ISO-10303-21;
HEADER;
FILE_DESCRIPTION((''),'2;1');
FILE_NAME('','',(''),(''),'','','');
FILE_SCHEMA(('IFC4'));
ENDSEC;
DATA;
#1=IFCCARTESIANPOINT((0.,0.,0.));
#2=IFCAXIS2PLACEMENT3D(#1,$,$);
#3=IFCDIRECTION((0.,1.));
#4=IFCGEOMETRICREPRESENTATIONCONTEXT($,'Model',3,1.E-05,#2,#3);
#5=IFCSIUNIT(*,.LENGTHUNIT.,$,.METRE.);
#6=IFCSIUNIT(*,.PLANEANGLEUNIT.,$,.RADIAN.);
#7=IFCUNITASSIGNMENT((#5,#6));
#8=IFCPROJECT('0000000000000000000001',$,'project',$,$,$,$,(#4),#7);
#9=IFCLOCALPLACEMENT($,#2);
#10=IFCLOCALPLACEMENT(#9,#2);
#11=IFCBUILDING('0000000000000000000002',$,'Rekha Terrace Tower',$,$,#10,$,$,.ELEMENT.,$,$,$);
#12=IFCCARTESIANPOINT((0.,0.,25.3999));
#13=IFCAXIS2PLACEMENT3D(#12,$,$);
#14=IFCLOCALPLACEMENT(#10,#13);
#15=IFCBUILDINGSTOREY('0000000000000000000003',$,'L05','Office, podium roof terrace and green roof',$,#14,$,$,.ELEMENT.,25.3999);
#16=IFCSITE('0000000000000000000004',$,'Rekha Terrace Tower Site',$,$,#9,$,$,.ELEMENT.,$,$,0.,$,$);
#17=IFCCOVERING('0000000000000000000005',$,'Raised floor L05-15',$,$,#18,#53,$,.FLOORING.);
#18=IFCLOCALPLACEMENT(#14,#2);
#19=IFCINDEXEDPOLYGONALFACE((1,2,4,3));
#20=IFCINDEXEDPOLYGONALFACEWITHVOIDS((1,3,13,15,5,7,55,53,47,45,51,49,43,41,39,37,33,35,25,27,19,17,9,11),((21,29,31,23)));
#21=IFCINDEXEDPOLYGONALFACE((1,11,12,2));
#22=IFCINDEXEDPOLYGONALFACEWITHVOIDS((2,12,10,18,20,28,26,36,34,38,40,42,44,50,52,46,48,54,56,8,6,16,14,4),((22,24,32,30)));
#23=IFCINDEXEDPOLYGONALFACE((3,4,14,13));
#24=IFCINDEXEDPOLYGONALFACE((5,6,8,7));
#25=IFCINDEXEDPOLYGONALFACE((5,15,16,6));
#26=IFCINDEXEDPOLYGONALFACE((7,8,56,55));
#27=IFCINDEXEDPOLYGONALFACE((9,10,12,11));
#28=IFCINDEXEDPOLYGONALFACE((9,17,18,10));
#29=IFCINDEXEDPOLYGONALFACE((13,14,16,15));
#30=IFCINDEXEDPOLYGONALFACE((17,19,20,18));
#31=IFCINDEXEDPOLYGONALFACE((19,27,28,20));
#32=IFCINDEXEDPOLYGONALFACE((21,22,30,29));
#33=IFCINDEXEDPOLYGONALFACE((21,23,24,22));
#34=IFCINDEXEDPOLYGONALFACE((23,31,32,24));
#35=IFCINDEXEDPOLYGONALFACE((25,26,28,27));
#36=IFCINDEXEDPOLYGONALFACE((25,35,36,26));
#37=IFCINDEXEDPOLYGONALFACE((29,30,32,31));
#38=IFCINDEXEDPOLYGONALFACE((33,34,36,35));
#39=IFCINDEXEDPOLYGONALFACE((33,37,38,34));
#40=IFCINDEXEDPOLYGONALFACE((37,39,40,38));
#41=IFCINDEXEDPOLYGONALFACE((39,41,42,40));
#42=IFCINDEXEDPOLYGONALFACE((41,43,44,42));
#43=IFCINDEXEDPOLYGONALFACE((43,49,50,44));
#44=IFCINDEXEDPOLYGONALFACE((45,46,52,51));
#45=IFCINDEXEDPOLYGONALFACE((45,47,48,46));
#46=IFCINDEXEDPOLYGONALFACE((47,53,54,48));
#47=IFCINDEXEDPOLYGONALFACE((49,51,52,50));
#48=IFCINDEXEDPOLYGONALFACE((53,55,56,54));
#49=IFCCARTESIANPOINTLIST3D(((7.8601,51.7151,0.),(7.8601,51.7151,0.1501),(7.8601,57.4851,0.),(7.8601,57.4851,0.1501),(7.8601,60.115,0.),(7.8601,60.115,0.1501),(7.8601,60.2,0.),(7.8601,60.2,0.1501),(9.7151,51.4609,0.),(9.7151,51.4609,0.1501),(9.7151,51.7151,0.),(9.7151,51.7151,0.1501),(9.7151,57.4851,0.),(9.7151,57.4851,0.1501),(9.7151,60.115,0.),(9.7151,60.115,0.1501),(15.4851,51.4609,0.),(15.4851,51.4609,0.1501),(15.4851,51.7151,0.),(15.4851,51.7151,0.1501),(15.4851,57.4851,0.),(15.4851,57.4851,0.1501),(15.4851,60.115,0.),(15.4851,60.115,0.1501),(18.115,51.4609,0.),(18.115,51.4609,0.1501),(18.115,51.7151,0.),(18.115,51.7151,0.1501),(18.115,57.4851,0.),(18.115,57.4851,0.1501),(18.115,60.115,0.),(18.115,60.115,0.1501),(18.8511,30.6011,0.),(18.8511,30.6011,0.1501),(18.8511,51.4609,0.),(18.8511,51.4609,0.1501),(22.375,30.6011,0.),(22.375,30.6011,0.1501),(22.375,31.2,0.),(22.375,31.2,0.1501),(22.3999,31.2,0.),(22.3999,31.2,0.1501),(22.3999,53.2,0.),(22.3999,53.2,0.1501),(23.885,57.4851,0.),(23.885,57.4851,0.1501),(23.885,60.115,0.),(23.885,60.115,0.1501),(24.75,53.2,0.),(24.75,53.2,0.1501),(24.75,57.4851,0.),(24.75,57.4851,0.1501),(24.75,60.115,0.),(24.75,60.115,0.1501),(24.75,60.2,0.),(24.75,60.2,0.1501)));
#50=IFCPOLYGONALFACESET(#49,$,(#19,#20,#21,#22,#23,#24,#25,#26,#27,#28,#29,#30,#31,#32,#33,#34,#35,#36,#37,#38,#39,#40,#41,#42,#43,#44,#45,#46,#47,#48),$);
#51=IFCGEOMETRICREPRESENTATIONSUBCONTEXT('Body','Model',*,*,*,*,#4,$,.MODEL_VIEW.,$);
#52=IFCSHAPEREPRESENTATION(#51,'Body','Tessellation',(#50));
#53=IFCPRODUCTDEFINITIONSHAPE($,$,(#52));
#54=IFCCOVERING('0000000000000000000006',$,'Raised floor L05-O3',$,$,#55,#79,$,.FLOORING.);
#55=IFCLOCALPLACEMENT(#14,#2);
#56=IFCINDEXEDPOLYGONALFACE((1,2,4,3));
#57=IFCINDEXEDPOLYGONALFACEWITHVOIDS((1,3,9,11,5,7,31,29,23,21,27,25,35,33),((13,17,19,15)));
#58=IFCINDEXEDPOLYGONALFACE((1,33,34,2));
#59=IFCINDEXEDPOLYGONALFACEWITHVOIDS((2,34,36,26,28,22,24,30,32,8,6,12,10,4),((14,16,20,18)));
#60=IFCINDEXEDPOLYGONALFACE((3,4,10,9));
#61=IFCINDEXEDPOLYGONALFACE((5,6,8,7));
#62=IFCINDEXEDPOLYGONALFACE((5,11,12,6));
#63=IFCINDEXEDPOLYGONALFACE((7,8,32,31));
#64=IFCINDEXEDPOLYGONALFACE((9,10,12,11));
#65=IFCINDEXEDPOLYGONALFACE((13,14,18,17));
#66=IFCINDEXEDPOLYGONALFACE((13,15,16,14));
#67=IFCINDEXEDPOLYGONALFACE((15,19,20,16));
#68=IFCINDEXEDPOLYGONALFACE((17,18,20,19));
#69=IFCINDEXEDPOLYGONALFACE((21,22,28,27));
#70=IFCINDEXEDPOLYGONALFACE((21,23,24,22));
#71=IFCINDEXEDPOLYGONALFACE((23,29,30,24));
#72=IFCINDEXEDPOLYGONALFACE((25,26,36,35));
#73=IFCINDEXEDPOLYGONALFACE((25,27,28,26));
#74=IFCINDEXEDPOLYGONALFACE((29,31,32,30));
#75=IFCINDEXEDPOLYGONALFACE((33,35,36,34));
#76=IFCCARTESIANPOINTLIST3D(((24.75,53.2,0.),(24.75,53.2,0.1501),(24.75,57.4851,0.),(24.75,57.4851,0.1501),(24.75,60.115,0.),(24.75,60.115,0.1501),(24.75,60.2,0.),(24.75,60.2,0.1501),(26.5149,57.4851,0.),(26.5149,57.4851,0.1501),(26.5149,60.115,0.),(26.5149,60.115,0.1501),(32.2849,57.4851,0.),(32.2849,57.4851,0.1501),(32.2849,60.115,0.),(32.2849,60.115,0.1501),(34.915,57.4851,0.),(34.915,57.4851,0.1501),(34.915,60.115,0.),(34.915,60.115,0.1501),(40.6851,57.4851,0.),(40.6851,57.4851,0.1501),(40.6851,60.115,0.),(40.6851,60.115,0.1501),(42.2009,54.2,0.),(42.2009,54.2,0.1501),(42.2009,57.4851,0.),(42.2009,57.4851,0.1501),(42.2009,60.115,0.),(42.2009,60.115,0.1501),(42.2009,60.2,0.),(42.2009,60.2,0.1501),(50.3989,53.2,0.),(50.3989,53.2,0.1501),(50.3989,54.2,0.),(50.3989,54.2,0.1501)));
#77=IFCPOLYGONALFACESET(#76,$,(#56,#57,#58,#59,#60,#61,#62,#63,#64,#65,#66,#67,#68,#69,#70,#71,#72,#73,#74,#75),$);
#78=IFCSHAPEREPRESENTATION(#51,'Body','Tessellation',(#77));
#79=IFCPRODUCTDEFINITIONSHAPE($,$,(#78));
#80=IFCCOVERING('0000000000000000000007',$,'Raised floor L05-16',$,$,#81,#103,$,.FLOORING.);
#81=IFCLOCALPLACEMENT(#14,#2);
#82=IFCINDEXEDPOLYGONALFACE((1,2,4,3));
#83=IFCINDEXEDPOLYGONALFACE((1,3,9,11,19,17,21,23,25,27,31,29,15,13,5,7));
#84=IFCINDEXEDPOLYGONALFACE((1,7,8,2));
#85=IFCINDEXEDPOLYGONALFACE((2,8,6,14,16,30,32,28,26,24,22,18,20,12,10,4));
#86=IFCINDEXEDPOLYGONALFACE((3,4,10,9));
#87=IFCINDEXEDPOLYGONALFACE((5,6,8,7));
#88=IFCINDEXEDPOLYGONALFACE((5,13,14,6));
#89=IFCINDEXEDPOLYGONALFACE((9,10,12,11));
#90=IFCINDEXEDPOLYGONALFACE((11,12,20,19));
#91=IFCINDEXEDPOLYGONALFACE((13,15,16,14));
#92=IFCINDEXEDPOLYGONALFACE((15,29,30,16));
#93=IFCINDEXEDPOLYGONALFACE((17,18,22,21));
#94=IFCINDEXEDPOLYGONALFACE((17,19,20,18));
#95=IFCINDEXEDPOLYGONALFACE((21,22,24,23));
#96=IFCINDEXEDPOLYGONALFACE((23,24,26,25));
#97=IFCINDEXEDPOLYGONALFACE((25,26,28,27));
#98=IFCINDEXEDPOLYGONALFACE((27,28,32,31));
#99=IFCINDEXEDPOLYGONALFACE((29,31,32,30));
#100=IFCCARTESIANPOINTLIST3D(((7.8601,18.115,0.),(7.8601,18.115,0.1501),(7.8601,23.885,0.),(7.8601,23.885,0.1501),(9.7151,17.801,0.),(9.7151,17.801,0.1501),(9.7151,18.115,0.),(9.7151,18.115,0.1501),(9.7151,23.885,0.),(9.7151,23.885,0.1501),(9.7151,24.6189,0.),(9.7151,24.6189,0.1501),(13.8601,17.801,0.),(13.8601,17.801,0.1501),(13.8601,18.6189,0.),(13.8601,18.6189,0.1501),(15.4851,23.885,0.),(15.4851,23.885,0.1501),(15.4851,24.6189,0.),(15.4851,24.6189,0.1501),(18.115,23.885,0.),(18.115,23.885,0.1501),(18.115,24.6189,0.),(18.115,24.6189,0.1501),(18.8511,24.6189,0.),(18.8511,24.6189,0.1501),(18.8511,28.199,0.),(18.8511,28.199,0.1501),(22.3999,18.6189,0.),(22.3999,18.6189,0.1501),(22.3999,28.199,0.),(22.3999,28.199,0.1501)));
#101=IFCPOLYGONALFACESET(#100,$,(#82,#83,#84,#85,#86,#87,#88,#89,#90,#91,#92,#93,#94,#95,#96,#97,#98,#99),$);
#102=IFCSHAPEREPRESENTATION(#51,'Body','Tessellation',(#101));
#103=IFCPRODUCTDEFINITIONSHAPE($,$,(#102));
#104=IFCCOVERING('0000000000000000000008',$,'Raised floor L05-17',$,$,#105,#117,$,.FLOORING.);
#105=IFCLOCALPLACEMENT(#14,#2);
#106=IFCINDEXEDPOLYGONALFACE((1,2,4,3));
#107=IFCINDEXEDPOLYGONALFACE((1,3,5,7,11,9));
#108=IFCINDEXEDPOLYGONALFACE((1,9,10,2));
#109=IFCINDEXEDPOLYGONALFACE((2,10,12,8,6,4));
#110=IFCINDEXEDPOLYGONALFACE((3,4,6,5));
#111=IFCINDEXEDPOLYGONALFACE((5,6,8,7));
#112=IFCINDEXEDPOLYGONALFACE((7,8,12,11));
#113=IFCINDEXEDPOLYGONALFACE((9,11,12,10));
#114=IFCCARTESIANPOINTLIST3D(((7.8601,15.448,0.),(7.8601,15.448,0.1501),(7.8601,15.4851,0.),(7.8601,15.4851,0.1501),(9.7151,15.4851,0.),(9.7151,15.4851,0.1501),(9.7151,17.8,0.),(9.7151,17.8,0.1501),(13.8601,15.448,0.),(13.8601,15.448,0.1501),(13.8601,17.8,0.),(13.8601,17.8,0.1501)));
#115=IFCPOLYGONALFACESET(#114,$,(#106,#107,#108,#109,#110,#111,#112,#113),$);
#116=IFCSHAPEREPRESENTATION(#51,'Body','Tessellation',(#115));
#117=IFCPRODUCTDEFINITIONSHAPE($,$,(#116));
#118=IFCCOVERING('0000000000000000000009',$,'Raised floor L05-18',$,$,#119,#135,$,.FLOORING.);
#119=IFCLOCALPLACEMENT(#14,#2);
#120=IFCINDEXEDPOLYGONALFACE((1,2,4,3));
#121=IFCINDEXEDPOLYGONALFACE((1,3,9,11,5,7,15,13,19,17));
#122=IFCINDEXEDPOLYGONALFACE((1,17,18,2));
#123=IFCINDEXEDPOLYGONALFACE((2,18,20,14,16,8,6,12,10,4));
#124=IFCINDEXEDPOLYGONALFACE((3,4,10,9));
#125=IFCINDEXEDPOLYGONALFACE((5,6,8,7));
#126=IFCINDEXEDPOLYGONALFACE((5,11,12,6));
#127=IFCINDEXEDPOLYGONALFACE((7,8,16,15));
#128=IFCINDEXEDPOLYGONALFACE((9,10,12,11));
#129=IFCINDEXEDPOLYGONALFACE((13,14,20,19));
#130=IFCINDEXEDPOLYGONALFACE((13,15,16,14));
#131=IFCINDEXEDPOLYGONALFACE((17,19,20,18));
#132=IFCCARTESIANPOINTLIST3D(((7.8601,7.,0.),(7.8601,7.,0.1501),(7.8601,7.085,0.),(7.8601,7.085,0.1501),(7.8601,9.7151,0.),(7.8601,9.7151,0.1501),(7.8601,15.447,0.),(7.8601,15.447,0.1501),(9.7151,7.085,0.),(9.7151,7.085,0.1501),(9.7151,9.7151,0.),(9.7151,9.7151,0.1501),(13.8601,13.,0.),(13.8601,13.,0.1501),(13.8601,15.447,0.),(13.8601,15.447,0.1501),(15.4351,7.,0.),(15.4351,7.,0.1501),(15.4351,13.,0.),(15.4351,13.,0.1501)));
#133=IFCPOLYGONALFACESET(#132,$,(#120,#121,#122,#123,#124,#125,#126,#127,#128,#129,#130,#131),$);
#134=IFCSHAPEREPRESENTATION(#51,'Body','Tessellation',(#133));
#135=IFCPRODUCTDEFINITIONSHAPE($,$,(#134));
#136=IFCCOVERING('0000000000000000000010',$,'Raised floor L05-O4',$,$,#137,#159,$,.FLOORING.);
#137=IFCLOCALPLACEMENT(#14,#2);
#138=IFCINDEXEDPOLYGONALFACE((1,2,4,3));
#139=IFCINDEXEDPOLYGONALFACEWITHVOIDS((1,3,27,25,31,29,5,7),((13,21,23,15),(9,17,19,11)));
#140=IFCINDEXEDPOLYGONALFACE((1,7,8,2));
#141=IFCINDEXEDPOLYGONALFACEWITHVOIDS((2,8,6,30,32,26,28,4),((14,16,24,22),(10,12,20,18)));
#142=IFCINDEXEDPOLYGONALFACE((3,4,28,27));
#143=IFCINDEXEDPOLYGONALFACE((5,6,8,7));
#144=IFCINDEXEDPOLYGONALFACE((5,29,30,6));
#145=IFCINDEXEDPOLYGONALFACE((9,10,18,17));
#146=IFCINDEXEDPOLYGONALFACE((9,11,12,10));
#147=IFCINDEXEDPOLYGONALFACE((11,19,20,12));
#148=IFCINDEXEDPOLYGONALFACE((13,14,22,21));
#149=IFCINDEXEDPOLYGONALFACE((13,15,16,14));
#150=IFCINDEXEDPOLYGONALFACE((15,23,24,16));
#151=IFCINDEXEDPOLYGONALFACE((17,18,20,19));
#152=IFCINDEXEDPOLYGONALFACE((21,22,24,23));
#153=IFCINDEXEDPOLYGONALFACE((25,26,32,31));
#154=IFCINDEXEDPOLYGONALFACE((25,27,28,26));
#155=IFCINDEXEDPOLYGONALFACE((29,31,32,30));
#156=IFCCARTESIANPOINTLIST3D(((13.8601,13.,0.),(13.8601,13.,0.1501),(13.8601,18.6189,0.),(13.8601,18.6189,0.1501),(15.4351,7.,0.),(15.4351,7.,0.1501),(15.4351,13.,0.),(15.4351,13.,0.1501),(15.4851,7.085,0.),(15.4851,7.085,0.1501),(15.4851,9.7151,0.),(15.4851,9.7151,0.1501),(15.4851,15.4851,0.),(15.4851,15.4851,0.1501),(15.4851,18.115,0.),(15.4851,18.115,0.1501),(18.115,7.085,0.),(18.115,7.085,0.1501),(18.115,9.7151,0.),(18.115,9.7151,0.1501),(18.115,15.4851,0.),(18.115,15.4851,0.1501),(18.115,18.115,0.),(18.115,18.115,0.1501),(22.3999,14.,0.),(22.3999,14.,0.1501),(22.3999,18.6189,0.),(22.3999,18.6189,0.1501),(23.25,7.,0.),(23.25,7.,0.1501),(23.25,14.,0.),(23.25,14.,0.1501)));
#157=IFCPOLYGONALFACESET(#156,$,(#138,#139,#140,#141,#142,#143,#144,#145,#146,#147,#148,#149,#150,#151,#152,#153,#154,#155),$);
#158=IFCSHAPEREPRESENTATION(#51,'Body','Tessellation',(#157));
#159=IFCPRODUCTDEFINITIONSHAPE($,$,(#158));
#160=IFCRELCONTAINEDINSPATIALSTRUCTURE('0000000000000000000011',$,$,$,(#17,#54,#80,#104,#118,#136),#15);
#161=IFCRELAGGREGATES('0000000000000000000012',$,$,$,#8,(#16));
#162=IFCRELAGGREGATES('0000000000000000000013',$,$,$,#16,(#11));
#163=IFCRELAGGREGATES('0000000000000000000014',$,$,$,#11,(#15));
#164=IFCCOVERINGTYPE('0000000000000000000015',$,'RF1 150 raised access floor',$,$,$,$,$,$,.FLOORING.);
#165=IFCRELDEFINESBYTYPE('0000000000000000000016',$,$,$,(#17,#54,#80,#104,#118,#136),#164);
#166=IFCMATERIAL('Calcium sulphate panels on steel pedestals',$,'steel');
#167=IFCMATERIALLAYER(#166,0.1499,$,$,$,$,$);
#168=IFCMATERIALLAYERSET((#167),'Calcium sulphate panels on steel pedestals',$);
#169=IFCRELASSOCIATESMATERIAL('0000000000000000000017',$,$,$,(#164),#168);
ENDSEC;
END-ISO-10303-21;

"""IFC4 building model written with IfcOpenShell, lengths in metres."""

from ifc_helpers import new_model, si_unit, direction, frame, origin, place, context, subcontext, project, spatial, polyline, outline, extrude, material, layer, layer_set, type_object, element, save


model = new_model("IFC4")

# Units and contexts
model_context = context("Model", 3, precision=1e-05, world=origin(), true_north=direction((0.0, 1.0)))
body_context = subcontext(model_context, "Body", "Model", "MODEL_VIEW")
ifc_project = project(units=[si_unit("LENGTHUNIT", "METRE"), si_unit("PLANEANGLEUNIT", "RADIAN")], contexts=[model_context])

# Site, building, storey
site_placement = place(None, origin())
site = spatial("IfcSite", under=ifc_project, at=site_placement, Name="Rekha Terrace Tower Site", CompositionType="ELEMENT", RefElevation=0.0)
building_placement = place(site_placement, origin())
building = spatial("IfcBuilding", under=site, at=building_placement, Name="Rekha Terrace Tower", CompositionType="ELEMENT")
storey_placement = place(building_placement, frame((0.0, 0.0, 25.3999)))
storey = spatial("IfcBuildingStorey", under=building, at=storey_placement, Name="L05", Description="Office, podium roof terrace and green roof", CompositionType="ELEMENT", Elevation=25.3999)

# Coverings
ifc_material_1 = material(Name="Calcium sulphate panels on steel pedestals", Category="steel")
ifc_layer_1 = layer(ifc_material_1, 0.1499)
ifc_layer_set_1 = layer_set([ifc_layer_1], Name="Calcium sulphate panels on steel pedestals")
covering_type_1 = type_object("IfcCoveringType", Name="RF1 150 raised access floor", PredefinedType="FLOORING", material=ifc_layer_set_1)
covering_1_placement = place(storey_placement, origin())
element("IfcCovering", 1, at=covering_1_placement, inside=storey, type_object=covering_type_1, Name="Raised floor L05-15", PredefinedType="FLOORING", context=body_context, shape_type="SweptSolid", body=[
    extrude(outline(polyline([(22.3999, 31.2), (22.3999, 53.2), (24.75, 53.2), (24.75, 57.4851), (23.885, 57.4851), (23.885, 60.115), (24.75, 60.115), (24.75, 60.2), (7.8601, 60.2), (7.8601, 60.115), (9.7151, 60.115), (9.7151, 57.4851), (7.8601, 57.4851), (7.8601, 51.7151), (9.7151, 51.7151), (9.7151, 51.4609), (15.4851, 51.4609), (15.4851, 51.7151), (18.115, 51.7151), (18.115, 51.4609), (18.8511, 51.4609), (18.8511, 30.6011), (22.375, 30.6011), (22.375, 31.2), (22.3999, 31.2)]), holes=[polyline([(18.115, 57.4851), (15.4851, 57.4851), (15.4851, 60.115), (18.115, 60.115), (18.115, 57.4851)])]), origin(), (0.0, 0.0, 1.0), 0.1501),
])
covering_2_placement = place(storey_placement, origin())
element("IfcCovering", 2, at=covering_2_placement, inside=storey, type_object=covering_type_1, Name="Raised floor L05-O3", PredefinedType="FLOORING", context=body_context, shape_type="SweptSolid", body=[
    extrude(outline(polyline([(24.75, 57.4851), (24.75, 53.2), (50.3989, 53.2), (50.3989, 54.2), (42.2009, 54.2), (42.2009, 57.4851), (40.6851, 57.4851), (40.6851, 60.115), (42.2009, 60.115), (42.2009, 60.2), (24.75, 60.2), (24.75, 60.115), (26.5149, 60.115), (26.5149, 57.4851), (24.75, 57.4851)]), holes=[polyline([(34.915, 57.4851), (32.2849, 57.4851), (32.2849, 60.115), (34.915, 60.115), (34.915, 57.4851)])]), origin(), (0.0, 0.0, 1.0), 0.1501),
])
covering_3_placement = place(storey_placement, origin())
element("IfcCovering", 3, at=covering_3_placement, inside=storey, type_object=covering_type_1, Name="Raised floor L05-16", PredefinedType="FLOORING", context=body_context, shape_type="SweptSolid", body=[
    extrude(outline(polyline([(9.7151, 18.115), (9.7151, 17.801), (13.8601, 17.801), (13.8601, 18.6189), (22.3999, 18.6189), (22.3999, 28.199), (18.8511, 28.199), (18.8511, 24.6189), (18.115, 24.6189), (18.115, 23.885), (15.4851, 23.885), (15.4851, 24.6189), (9.7151, 24.6189), (9.7151, 23.885), (7.8601, 23.885), (7.8601, 18.115), (9.7151, 18.115)])), origin(), (0.0, 0.0, 1.0), 0.1501),
])
covering_4_placement = place(storey_placement, origin())
element("IfcCovering", 4, at=covering_4_placement, inside=storey, type_object=covering_type_1, Name="Raised floor L05-17", PredefinedType="FLOORING", context=body_context, shape_type="SweptSolid", body=[
    extrude(outline(polyline([(9.7151, 15.4851), (7.8601, 15.4851), (7.8601, 15.448), (13.8601, 15.448), (13.8601, 17.8), (9.7151, 17.8), (9.7151, 15.4851)])), origin(), (0.0, 0.0, 1.0), 0.1501),
])
covering_5_placement = place(storey_placement, origin())
element("IfcCovering", 5, at=covering_5_placement, inside=storey, type_object=covering_type_1, Name="Raised floor L05-18", PredefinedType="FLOORING", context=body_context, shape_type="SweptSolid", body=[
    extrude(outline(polyline([(7.8601, 7.0), (15.4351, 7.0), (15.4351, 13.0), (13.8601, 13.0), (13.8601, 15.447), (7.8601, 15.447), (7.8601, 9.7151), (9.7151, 9.7151), (9.7151, 7.085), (7.8601, 7.085), (7.8601, 7.0)])), origin(), (0.0, 0.0, 1.0), 0.1501),
])
covering_6_placement = place(storey_placement, origin())
element("IfcCovering", 6, at=covering_6_placement, inside=storey, type_object=covering_type_1, Name="Raised floor L05-O4", PredefinedType="FLOORING", context=body_context, shape_type="SweptSolid", body=[
    extrude(outline(polyline([(22.3999, 18.6189), (13.8601, 18.6189), (13.8601, 13.0), (15.4351, 13.0), (15.4351, 7.0), (23.25, 7.0), (23.25, 14.0), (22.3999, 14.0), (22.3999, 18.6189)]), holes=[polyline([(18.115, 7.085), (15.4851, 7.085), (15.4851, 9.7151), (18.115, 9.7151), (18.115, 7.085)]), polyline([(18.115, 15.4851), (15.4851, 15.4851), (15.4851, 18.115), (18.115, 18.115), (18.115, 15.4851)])]), origin(), (0.0, 0.0, 1.0), 0.1501),
])

save(model, "model.ifc")
